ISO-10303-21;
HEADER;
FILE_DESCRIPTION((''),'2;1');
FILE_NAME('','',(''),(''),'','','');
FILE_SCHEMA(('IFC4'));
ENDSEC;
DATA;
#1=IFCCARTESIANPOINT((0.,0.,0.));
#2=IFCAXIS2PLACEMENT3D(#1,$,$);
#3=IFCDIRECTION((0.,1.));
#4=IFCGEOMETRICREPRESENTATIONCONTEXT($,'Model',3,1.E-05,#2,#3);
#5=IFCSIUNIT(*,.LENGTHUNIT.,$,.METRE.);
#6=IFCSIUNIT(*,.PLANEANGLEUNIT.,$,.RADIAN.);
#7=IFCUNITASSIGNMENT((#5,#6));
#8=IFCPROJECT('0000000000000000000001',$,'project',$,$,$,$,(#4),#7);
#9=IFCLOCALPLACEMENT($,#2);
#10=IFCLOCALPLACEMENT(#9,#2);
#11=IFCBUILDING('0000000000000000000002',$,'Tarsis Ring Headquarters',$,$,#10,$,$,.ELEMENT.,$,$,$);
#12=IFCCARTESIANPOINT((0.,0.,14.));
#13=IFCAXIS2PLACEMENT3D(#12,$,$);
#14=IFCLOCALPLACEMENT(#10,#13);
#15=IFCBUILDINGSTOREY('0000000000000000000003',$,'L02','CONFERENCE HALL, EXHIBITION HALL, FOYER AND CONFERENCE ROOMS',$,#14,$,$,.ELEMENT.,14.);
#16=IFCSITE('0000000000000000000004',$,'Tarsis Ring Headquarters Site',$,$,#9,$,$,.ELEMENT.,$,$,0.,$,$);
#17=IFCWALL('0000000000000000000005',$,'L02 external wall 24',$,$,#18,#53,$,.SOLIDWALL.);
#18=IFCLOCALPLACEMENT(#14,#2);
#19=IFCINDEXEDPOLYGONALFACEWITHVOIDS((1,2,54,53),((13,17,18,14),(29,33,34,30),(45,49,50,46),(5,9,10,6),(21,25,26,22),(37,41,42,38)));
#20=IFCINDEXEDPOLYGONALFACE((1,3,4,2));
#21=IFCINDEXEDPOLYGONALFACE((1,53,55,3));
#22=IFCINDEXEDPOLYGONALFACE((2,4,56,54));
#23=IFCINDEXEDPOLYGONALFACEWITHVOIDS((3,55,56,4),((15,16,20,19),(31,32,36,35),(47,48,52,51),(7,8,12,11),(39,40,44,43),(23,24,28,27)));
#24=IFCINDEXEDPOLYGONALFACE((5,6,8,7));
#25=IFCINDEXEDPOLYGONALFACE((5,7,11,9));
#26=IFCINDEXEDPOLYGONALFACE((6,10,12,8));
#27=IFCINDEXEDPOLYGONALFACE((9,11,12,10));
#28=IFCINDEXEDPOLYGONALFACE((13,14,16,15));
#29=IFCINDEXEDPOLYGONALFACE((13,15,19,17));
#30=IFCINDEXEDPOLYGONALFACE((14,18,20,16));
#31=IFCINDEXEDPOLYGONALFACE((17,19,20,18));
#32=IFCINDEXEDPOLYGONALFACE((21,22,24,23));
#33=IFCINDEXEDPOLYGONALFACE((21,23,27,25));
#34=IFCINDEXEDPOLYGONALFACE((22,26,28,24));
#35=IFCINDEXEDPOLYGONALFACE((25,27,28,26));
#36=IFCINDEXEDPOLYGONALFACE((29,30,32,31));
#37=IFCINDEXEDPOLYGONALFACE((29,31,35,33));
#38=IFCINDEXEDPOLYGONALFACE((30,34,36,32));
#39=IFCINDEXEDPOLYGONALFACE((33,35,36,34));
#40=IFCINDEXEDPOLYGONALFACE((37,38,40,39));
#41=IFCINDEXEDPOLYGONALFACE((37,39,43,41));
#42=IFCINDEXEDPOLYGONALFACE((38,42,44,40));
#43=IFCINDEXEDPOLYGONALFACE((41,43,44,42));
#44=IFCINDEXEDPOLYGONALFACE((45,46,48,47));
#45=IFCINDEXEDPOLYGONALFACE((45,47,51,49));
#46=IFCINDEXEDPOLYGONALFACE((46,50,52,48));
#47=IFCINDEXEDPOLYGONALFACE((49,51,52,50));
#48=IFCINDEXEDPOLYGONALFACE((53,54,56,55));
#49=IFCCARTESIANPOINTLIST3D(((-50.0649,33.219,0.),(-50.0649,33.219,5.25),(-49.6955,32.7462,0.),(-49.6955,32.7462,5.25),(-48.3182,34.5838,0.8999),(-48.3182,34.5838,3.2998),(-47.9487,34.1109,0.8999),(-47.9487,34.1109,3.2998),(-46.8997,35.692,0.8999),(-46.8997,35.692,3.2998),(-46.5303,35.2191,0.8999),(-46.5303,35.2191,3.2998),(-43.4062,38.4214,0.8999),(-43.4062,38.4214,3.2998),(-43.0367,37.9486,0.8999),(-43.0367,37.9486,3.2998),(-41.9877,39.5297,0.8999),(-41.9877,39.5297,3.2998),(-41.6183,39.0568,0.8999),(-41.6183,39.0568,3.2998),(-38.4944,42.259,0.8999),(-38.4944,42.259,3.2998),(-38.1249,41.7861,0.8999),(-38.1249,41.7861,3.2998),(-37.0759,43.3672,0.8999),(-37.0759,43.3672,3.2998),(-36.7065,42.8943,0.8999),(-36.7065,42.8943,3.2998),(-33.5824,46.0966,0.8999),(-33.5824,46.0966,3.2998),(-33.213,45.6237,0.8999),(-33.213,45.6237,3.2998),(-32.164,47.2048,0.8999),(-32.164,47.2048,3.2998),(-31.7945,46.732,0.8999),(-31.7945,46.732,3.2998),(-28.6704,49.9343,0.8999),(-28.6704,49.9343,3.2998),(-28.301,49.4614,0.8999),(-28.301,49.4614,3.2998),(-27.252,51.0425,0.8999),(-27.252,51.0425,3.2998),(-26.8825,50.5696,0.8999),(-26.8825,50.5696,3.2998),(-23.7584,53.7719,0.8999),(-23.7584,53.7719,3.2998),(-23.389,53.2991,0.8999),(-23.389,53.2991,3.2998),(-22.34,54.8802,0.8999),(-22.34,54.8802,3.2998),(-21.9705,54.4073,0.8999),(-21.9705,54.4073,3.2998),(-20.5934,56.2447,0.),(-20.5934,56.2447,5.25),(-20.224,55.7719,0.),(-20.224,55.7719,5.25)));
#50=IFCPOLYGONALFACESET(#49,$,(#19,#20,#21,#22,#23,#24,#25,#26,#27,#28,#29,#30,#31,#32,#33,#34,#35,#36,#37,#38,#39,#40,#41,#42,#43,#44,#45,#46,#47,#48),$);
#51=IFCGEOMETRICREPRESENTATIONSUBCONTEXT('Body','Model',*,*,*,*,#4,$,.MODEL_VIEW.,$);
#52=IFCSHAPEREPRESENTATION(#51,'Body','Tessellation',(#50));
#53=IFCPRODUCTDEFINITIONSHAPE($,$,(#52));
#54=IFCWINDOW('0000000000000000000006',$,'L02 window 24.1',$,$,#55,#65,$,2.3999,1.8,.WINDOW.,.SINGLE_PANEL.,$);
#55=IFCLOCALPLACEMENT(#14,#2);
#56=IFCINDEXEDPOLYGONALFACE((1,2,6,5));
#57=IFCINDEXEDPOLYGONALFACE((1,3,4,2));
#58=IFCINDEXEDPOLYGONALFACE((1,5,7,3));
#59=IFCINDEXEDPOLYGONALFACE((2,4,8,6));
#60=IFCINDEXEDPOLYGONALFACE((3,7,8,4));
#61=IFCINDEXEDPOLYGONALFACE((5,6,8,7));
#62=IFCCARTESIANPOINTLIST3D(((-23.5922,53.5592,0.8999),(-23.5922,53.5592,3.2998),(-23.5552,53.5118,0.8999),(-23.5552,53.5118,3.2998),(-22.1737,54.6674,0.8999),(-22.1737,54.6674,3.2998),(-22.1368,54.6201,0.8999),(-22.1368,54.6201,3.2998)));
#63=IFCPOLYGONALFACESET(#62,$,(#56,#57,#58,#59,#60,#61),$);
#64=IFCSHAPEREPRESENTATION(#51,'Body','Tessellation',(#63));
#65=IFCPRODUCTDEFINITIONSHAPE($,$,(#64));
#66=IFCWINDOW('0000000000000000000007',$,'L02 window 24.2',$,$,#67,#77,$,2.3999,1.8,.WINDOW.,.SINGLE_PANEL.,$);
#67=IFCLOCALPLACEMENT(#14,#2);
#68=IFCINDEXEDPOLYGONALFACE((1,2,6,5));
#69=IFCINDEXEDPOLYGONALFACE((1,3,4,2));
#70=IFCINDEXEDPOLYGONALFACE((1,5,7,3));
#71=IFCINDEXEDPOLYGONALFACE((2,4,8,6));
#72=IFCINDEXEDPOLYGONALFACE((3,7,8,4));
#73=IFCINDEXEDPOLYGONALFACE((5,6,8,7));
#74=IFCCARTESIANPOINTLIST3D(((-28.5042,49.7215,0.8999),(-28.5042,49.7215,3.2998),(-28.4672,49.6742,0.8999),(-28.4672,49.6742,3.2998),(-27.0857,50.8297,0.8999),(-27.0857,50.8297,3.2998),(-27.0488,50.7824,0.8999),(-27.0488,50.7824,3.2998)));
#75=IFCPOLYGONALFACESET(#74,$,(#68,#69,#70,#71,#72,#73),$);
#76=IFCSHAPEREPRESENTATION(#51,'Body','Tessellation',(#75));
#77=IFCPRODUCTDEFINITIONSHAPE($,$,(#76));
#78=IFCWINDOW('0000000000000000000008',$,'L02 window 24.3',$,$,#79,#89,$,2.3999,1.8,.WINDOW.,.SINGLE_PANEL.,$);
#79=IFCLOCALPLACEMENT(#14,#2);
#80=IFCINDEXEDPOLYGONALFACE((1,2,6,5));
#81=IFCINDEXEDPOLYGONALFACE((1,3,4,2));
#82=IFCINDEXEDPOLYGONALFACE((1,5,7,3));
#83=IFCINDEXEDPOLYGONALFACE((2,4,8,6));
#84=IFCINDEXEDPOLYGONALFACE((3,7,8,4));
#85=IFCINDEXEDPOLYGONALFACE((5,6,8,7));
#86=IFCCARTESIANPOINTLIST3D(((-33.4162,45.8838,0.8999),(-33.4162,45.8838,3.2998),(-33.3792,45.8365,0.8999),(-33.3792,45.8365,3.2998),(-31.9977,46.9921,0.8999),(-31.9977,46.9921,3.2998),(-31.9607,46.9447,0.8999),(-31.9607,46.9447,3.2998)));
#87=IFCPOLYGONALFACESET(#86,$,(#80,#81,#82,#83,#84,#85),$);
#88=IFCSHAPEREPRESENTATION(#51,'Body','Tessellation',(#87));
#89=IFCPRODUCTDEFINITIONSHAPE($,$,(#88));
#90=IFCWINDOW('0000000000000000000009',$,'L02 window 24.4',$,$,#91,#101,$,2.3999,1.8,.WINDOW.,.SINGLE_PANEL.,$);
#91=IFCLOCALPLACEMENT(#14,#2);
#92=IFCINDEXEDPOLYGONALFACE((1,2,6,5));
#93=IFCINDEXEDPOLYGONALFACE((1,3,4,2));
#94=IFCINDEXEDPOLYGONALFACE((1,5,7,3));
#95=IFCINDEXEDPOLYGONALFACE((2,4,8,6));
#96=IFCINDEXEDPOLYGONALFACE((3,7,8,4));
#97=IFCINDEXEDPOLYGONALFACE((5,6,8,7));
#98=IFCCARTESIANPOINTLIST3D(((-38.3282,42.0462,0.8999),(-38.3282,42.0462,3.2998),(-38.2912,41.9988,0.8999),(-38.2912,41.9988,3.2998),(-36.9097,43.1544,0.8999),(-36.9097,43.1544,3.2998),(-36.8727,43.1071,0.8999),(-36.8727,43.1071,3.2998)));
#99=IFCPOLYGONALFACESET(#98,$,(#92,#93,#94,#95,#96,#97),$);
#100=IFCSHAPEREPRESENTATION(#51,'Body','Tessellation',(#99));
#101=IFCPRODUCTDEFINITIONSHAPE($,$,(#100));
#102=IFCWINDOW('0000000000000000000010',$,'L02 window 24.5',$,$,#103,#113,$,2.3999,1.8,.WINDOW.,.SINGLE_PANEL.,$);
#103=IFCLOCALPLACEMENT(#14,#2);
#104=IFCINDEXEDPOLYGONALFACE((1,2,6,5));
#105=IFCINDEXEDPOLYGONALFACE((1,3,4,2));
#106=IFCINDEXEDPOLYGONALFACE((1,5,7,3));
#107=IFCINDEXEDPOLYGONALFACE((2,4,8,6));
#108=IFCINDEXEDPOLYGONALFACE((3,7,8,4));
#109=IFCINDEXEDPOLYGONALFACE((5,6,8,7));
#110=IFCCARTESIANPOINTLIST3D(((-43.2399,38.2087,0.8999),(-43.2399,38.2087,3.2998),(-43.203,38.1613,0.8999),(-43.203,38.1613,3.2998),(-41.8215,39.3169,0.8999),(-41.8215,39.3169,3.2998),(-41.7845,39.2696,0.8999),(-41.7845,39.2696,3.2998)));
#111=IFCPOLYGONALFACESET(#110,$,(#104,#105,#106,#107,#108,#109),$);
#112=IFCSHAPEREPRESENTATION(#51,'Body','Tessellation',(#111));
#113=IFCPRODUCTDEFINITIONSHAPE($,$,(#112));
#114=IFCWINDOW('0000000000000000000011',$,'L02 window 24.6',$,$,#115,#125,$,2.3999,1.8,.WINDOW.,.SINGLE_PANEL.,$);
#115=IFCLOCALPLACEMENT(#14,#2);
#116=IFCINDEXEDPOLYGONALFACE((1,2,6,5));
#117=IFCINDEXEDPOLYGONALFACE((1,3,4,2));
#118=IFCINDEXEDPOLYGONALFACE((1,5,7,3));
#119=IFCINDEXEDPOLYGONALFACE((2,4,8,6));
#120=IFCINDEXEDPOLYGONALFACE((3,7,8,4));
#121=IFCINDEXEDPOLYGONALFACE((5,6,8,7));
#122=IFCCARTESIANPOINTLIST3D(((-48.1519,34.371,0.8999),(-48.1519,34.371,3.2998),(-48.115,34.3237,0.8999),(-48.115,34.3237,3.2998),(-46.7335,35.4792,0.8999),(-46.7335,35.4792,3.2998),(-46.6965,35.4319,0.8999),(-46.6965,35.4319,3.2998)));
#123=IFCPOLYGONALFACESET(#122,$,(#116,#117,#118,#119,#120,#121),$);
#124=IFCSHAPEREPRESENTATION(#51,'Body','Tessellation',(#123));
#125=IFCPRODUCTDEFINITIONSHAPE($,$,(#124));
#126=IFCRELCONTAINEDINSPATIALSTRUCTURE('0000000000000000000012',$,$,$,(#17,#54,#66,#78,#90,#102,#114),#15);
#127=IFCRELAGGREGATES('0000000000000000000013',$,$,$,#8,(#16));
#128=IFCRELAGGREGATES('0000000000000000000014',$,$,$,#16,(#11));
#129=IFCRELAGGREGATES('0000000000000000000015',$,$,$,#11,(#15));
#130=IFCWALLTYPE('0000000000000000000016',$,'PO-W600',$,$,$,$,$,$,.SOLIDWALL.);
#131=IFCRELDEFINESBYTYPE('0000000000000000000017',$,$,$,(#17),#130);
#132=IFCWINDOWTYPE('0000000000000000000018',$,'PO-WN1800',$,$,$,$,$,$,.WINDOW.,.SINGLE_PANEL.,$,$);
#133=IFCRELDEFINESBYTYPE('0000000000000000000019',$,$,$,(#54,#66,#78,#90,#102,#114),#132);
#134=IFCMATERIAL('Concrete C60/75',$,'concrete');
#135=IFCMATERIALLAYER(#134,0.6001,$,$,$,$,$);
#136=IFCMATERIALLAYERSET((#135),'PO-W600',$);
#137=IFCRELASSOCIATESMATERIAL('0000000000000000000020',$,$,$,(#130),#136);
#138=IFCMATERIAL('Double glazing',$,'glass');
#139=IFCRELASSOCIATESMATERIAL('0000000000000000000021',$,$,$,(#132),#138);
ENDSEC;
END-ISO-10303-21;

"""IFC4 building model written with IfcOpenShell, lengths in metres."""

from ifc_helpers import new_model, si_unit, direction, frame, frame_2d, origin, place, context, subcontext, project, spatial, rectangle, extrude, material, layer, layer_set, type_object, element, fill, save


model = new_model("IFC4")

# Units and contexts
model_context = context("Model", 3, precision=1e-05, world=origin(), true_north=direction((0.0, 1.0)))
body_context = subcontext(model_context, "Body", "Model", "MODEL_VIEW")
ifc_project = project(units=[si_unit("LENGTHUNIT", "METRE"), si_unit("PLANEANGLEUNIT", "RADIAN")], contexts=[model_context])

# Site, building, storey
site_placement = place(None, origin())
site = spatial("IfcSite", under=ifc_project, at=site_placement, Name="Tarsis Ring Headquarters Site", CompositionType="ELEMENT", RefElevation=0.0)
building_placement = place(site_placement, origin())
building = spatial("IfcBuilding", under=site, at=building_placement, Name="Tarsis Ring Headquarters", CompositionType="ELEMENT")
storey_placement = place(building_placement, frame((0.0, 0.0, 14.0)))
storey = spatial("IfcBuildingStorey", under=building, at=storey_placement, Name="L02", Description="CONFERENCE HALL, EXHIBITION HALL, FOYER AND CONFERENCE ROOMS", CompositionType="ELEMENT", Elevation=14.0)

# Shared definitions
ifc_material_1 = material(Name="Concrete C60/75", Category="concrete")

# Wall, openings, windows
ifc_layer_1 = layer(ifc_material_1, 0.6001)
ifc_layer_set_1 = layer_set([ifc_layer_1], Name="PO-W600")
wall_type_1 = type_object("IfcWallType", Name="PO-W600", PredefinedType="SOLIDWALL", material=ifc_layer_set_1)
wall_1_placement = place(storey_placement, frame((-20.4087, 56.0083, 0.0), z_axis=(0.0, 0.0, 1.0), x_axis=(-0.78801, -0.615662, 0.0)))
wall_1 = element("IfcWall", 1, at=wall_1_placement, inside=storey, type_object=wall_type_1, Name="L02 external wall 24", PredefinedType="SOLIDWALL", context=body_context, shape_type="SweptSolid", body=[
    extrude(rectangle(XDim=37.3999, YDim=0.6001, at=frame_2d((18.7, 0.0))), origin(), (0.0, 0.0, 1.0), 5.25),
])
opening_1_placement = place(wall_1_placement, frame((2.2166, 0.0, 0.8999)))
opening_1 = element("IfcOpeningElement", 2, at=opening_1_placement, cuts=wall_1, PredefinedType="OPENING", context=body_context, shape_type="SweptSolid", body=[
    extrude(rectangle(XDim=1.8, YDim=2.3999, at=frame_2d((0.8999, 1.2))), frame((0.0, 0.3101, 0.0), z_axis=(0.0, -1.0, 0.0), x_axis=(1.0, 0.0, 0.0)), (0.0, 0.0, 1.0), 0.6201),
])
opening_2_placement = place(wall_1_placement, frame((8.45, 0.0, 0.8999)))
opening_2 = element("IfcOpeningElement", 3, at=opening_2_placement, cuts=wall_1, PredefinedType="OPENING", context=body_context, shape_type="SweptSolid", body=[
    extrude(rectangle(XDim=1.8, YDim=2.3999, at=frame_2d((0.8999, 1.2))), frame((0.0, 0.3101, 0.0), z_axis=(0.0, -1.0, 0.0), x_axis=(1.0, 0.0, 0.0)), (0.0, 0.0, 1.0), 0.6201),
])
opening_3_placement = place(wall_1_placement, frame((14.6833, 0.0, 0.8999)))
opening_3 = element("IfcOpeningElement", 4, at=opening_3_placement, cuts=wall_1, PredefinedType="OPENING", context=body_context, shape_type="SweptSolid", body=[
    extrude(rectangle(XDim=1.8, YDim=2.3999, at=frame_2d((0.8999, 1.2))), frame((0.0, 0.3101, 0.0), z_axis=(0.0, -1.0, 0.0), x_axis=(1.0, 0.0, 0.0)), (0.0, 0.0, 1.0), 0.6201),
])
opening_4_placement = place(wall_1_placement, frame((20.9167, 0.0, 0.8999)))
opening_4 = element("IfcOpeningElement", 5, at=opening_4_placement, cuts=wall_1, PredefinedType="OPENING", context=body_context, shape_type="SweptSolid", body=[
    extrude(rectangle(XDim=1.8, YDim=2.3999, at=frame_2d((0.8999, 1.2))), frame((0.0, 0.3101, 0.0), z_axis=(0.0, -1.0, 0.0), x_axis=(1.0, 0.0, 0.0)), (0.0, 0.0, 1.0), 0.6201),
])
opening_5_placement = place(wall_1_placement, frame((27.1499, 0.0, 0.8999)))
opening_5 = element("IfcOpeningElement", 6, at=opening_5_placement, cuts=wall_1, PredefinedType="OPENING", context=body_context, shape_type="SweptSolid", body=[
    extrude(rectangle(XDim=1.8, YDim=2.3999, at=frame_2d((0.8999, 1.2))), frame((0.0, 0.3101, 0.0), z_axis=(0.0, -1.0, 0.0), x_axis=(1.0, 0.0, 0.0)), (0.0, 0.0, 1.0), 0.6201),
])
opening_6_placement = place(wall_1_placement, frame((33.3833, 0.0, 0.8999)))
opening_6 = element("IfcOpeningElement", 7, at=opening_6_placement, cuts=wall_1, PredefinedType="OPENING", context=body_context, shape_type="SweptSolid", body=[
    extrude(rectangle(XDim=1.8, YDim=2.3999, at=frame_2d((0.8999, 1.2))), frame((0.0, 0.3101, 0.0), z_axis=(0.0, -1.0, 0.0), x_axis=(1.0, 0.0, 0.0)), (0.0, 0.0, 1.0), 0.6201),
])
ifc_material_2 = material(Name="Double glazing", Category="glass")
window_type = type_object("IfcWindowType", Name="PO-WN1800", PartitioningType="SINGLE_PANEL", PredefinedType="WINDOW", material=ifc_material_2)
window_1_placement = place(opening_1_placement, origin())
window_1 = element("IfcWindow", 8, at=window_1_placement, inside=storey, type_object=window_type, Name="L02 window 24.1", OverallHeight=2.3999, OverallWidth=1.8, PartitioningType="SINGLE_PANEL", PredefinedType="WINDOW", context=body_context, shape_type="SweptSolid", body=[
    extrude(rectangle(XDim=1.8, YDim=2.3999, at=frame_2d((0.8999, 1.2))), frame((0.0, 0.03, 0.0), z_axis=(0.0, -1.0, 0.0), x_axis=(1.0, 0.0, 0.0)), (0.0, 0.0, 1.0), 0.0601),
])
fill(opening_1, window_1)
window_2_placement = place(opening_2_placement, origin())
window_2 = element("IfcWindow", 9, at=window_2_placement, inside=storey, type_object=window_type, Name="L02 window 24.2", OverallHeight=2.3999, OverallWidth=1.8, PartitioningType="SINGLE_PANEL", PredefinedType="WINDOW", context=body_context, shape_type="SweptSolid", body=[
    extrude(rectangle(XDim=1.8, YDim=2.3999, at=frame_2d((0.8999, 1.2))), frame((0.0, 0.03, 0.0), z_axis=(0.0, -1.0, 0.0), x_axis=(1.0, 0.0, 0.0)), (0.0, 0.0, 1.0), 0.0601),
])
fill(opening_2, window_2)
window_3_placement = place(opening_3_placement, origin())
window_3 = element("IfcWindow", 10, at=window_3_placement, inside=storey, type_object=window_type, Name="L02 window 24.3", OverallHeight=2.3999, OverallWidth=1.8, PartitioningType="SINGLE_PANEL", PredefinedType="WINDOW", context=body_context, shape_type="SweptSolid", body=[
    extrude(rectangle(XDim=1.8, YDim=2.3999, at=frame_2d((0.8999, 1.2))), frame((0.0, 0.03, 0.0), z_axis=(0.0, -1.0, 0.0), x_axis=(1.0, 0.0, 0.0)), (0.0, 0.0, 1.0), 0.0601),
])
fill(opening_3, window_3)
window_4_placement = place(opening_4_placement, origin())
window_4 = element("IfcWindow", 11, at=window_4_placement, inside=storey, type_object=window_type, Name="L02 window 24.4", OverallHeight=2.3999, OverallWidth=1.8, PartitioningType="SINGLE_PANEL", PredefinedType="WINDOW", context=body_context, shape_type="SweptSolid", body=[
    extrude(rectangle(XDim=1.8, YDim=2.3999, at=frame_2d((0.8999, 1.2))), frame((0.0, 0.03, 0.0), z_axis=(0.0, -1.0, 0.0), x_axis=(1.0, 0.0, 0.0)), (0.0, 0.0, 1.0), 0.0601),
])
fill(opening_4, window_4)
window_5_placement = place(opening_5_placement, origin())
window_5 = element("IfcWindow", 12, at=window_5_placement, inside=storey, type_object=window_type, Name="L02 window 24.5", OverallHeight=2.3999, OverallWidth=1.8, PartitioningType="SINGLE_PANEL", PredefinedType="WINDOW", context=body_context, shape_type="SweptSolid", body=[
    extrude(rectangle(XDim=1.8, YDim=2.3999, at=frame_2d((0.8999, 1.2))), frame((0.0, 0.03, 0.0), z_axis=(0.0, -1.0, 0.0), x_axis=(1.0, 0.0, 0.0)), (0.0, 0.0, 1.0), 0.0601),
])
fill(opening_5, window_5)
window_6_placement = place(opening_6_placement, origin())
window_6 = element("IfcWindow", 13, at=window_6_placement, inside=storey, type_object=window_type, Name="L02 window 24.6", OverallHeight=2.3999, OverallWidth=1.8, PartitioningType="SINGLE_PANEL", PredefinedType="WINDOW", context=body_context, shape_type="SweptSolid", body=[
    extrude(rectangle(XDim=1.8, YDim=2.3999, at=frame_2d((0.8999, 1.2))), frame((0.0, 0.03, 0.0), z_axis=(0.0, -1.0, 0.0), x_axis=(1.0, 0.0, 0.0)), (0.0, 0.0, 1.0), 0.0601),
])
fill(opening_6, window_6)

save(model, "model.ifc")
